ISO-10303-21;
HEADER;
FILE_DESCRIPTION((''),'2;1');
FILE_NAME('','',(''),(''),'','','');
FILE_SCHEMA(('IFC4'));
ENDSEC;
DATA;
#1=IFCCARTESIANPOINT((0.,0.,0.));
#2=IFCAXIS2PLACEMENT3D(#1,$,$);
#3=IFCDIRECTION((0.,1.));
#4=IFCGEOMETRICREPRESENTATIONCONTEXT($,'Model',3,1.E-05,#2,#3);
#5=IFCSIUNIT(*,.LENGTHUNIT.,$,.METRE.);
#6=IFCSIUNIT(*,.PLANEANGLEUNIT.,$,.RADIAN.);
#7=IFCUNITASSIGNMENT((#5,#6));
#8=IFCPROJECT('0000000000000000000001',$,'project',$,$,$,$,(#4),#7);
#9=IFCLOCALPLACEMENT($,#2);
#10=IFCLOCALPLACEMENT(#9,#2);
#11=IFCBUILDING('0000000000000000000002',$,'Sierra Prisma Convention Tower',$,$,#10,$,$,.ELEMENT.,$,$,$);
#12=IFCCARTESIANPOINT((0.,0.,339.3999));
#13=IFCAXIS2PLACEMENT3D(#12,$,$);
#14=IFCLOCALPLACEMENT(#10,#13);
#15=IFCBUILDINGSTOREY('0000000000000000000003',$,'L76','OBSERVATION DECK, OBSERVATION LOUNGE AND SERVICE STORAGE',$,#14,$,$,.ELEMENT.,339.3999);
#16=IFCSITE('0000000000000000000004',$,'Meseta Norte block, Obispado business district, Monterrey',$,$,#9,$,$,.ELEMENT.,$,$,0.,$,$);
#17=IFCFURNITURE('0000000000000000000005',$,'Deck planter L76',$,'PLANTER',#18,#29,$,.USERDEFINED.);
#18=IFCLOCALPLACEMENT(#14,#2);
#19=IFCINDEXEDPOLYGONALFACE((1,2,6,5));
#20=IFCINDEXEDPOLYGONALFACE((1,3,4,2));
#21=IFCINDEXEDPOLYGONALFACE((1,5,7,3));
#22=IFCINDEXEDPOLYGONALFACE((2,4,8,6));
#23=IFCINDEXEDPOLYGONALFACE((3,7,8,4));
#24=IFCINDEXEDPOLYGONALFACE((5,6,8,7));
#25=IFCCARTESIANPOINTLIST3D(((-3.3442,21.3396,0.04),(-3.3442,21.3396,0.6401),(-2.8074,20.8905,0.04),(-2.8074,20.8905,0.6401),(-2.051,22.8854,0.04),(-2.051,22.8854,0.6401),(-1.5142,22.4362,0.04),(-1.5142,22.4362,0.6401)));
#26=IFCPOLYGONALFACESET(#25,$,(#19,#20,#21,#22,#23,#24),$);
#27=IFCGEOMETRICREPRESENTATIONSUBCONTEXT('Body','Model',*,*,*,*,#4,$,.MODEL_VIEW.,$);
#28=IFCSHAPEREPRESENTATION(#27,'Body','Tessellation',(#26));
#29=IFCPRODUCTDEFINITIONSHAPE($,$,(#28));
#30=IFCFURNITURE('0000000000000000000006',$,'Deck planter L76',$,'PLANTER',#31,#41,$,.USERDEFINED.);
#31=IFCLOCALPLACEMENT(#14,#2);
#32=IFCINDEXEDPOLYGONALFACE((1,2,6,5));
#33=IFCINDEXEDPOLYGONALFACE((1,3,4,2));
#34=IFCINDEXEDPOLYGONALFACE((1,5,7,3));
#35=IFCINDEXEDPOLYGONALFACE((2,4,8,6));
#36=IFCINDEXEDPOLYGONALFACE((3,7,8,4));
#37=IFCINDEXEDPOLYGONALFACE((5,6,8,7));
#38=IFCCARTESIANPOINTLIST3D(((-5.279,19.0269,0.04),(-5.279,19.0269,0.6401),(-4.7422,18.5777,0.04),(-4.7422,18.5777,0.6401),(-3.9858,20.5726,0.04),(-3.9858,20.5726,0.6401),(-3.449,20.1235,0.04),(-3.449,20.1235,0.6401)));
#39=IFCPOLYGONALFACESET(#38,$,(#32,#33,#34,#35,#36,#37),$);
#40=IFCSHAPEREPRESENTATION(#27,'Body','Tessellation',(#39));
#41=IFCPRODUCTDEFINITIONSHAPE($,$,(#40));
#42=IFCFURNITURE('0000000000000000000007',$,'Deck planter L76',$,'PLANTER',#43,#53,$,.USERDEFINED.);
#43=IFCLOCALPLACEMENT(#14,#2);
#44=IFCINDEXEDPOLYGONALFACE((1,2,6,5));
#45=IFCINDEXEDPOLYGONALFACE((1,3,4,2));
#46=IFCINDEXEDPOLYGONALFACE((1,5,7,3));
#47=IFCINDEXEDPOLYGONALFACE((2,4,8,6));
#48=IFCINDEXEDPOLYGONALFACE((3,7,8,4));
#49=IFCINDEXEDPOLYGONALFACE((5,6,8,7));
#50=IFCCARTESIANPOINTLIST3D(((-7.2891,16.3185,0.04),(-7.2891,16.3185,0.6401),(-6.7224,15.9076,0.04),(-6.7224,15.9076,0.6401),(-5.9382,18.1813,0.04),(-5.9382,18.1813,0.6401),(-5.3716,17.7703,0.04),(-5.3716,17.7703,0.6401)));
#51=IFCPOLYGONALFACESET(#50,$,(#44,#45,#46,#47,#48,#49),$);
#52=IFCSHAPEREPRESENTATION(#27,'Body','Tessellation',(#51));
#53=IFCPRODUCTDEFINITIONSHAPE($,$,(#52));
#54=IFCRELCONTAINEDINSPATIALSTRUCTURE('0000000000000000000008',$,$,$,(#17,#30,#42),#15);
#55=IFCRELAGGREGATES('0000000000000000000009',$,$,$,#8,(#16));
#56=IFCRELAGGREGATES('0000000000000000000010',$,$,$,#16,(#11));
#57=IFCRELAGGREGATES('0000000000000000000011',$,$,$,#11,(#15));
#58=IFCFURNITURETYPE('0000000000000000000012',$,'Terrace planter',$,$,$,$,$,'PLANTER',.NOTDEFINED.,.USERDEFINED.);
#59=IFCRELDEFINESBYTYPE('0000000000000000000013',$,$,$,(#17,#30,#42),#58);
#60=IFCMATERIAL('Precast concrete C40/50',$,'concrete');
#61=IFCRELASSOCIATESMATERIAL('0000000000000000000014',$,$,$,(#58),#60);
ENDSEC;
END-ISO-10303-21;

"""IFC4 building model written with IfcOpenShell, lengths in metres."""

from ifc_helpers import new_model, si_unit, direction, frame, origin, origin_2d, place, context, subcontext, project, spatial, rectangle, extrude, material, type_object, element, save


model = new_model("IFC4")

# Units and contexts
model_context = context("Model", 3, precision=1e-05, world=origin(), true_north=direction((0.0, 1.0)))
body_context = subcontext(model_context, "Body", "Model", "MODEL_VIEW")
ifc_project = project(units=[si_unit("LENGTHUNIT", "METRE"), si_unit("PLANEANGLEUNIT", "RADIAN")], contexts=[model_context])

# Site, building, storey
site_placement = place(None, origin())
site = spatial("IfcSite", under=ifc_project, at=site_placement, Name="Meseta Norte block, Obispado business district, Monterrey", CompositionType="ELEMENT", RefElevation=0.0)
building_placement = place(site_placement, origin())
building = spatial("IfcBuilding", under=site, at=building_placement, Name="Sierra Prisma Convention Tower", CompositionType="ELEMENT")
storey_placement = place(building_placement, frame((0.0, 0.0, 339.3999)))
storey = spatial("IfcBuildingStorey", under=building, at=storey_placement, Name="L76", Description="OBSERVATION DECK, OBSERVATION LOUNGE AND SERVICE STORAGE", CompositionType="ELEMENT", Elevation=339.3999)

# Furniture
ifc_material_1 = material(Name="Precast concrete C40/50", Category="concrete")
furniture_type = type_object("IfcFurnitureType", Name="Terrace planter", ElementType="PLANTER", AssemblyPlace="NOTDEFINED", PredefinedType="USERDEFINED", material=ifc_material_1)
for number, where, z_axis, x_axis, name in (
    (1, (-2.4292, 21.8879, 0.04), (0.0, 0.0, 1.0), (-0.641672, -0.766979, 0.0), "Deck planter L76"),
    (2, (-4.364, 19.5752, 0.04), (0.0, 0.0, 1.0), (-0.641672, -0.766979, 0.0), "Deck planter L76"),
):
    element("IfcFurniture", number, at=place(storey_placement, frame(where, z_axis=z_axis, x_axis=x_axis)), inside=storey, type_object=furniture_type, Name=name, ObjectType="PLANTER", PredefinedType="USERDEFINED", context=body_context, shape_type="SweptSolid", body=[
        extrude(rectangle(XDim=2.0154, YDim=0.7, at=origin_2d()), origin(), (0.0, 0.0, 1.0), 0.6001),
    ])
furniture_placement = place(storey_placement, frame((-6.3303, 17.0444, 0.04), z_axis=(0.0, 0.0, 1.0), x_axis=(-0.587078, -0.80953, 0.0)))
element("IfcFurniture", 3, at=furniture_placement, inside=storey, type_object=furniture_type, Name="Deck planter L76", ObjectType="PLANTER", PredefinedType="USERDEFINED", context=body_context, shape_type="SweptSolid", body=[
    extrude(rectangle(XDim=2.301, YDim=0.7, at=origin_2d()), origin(), (0.0, 0.0, 1.0), 0.6001),
])

save(model, "model.ifc")
